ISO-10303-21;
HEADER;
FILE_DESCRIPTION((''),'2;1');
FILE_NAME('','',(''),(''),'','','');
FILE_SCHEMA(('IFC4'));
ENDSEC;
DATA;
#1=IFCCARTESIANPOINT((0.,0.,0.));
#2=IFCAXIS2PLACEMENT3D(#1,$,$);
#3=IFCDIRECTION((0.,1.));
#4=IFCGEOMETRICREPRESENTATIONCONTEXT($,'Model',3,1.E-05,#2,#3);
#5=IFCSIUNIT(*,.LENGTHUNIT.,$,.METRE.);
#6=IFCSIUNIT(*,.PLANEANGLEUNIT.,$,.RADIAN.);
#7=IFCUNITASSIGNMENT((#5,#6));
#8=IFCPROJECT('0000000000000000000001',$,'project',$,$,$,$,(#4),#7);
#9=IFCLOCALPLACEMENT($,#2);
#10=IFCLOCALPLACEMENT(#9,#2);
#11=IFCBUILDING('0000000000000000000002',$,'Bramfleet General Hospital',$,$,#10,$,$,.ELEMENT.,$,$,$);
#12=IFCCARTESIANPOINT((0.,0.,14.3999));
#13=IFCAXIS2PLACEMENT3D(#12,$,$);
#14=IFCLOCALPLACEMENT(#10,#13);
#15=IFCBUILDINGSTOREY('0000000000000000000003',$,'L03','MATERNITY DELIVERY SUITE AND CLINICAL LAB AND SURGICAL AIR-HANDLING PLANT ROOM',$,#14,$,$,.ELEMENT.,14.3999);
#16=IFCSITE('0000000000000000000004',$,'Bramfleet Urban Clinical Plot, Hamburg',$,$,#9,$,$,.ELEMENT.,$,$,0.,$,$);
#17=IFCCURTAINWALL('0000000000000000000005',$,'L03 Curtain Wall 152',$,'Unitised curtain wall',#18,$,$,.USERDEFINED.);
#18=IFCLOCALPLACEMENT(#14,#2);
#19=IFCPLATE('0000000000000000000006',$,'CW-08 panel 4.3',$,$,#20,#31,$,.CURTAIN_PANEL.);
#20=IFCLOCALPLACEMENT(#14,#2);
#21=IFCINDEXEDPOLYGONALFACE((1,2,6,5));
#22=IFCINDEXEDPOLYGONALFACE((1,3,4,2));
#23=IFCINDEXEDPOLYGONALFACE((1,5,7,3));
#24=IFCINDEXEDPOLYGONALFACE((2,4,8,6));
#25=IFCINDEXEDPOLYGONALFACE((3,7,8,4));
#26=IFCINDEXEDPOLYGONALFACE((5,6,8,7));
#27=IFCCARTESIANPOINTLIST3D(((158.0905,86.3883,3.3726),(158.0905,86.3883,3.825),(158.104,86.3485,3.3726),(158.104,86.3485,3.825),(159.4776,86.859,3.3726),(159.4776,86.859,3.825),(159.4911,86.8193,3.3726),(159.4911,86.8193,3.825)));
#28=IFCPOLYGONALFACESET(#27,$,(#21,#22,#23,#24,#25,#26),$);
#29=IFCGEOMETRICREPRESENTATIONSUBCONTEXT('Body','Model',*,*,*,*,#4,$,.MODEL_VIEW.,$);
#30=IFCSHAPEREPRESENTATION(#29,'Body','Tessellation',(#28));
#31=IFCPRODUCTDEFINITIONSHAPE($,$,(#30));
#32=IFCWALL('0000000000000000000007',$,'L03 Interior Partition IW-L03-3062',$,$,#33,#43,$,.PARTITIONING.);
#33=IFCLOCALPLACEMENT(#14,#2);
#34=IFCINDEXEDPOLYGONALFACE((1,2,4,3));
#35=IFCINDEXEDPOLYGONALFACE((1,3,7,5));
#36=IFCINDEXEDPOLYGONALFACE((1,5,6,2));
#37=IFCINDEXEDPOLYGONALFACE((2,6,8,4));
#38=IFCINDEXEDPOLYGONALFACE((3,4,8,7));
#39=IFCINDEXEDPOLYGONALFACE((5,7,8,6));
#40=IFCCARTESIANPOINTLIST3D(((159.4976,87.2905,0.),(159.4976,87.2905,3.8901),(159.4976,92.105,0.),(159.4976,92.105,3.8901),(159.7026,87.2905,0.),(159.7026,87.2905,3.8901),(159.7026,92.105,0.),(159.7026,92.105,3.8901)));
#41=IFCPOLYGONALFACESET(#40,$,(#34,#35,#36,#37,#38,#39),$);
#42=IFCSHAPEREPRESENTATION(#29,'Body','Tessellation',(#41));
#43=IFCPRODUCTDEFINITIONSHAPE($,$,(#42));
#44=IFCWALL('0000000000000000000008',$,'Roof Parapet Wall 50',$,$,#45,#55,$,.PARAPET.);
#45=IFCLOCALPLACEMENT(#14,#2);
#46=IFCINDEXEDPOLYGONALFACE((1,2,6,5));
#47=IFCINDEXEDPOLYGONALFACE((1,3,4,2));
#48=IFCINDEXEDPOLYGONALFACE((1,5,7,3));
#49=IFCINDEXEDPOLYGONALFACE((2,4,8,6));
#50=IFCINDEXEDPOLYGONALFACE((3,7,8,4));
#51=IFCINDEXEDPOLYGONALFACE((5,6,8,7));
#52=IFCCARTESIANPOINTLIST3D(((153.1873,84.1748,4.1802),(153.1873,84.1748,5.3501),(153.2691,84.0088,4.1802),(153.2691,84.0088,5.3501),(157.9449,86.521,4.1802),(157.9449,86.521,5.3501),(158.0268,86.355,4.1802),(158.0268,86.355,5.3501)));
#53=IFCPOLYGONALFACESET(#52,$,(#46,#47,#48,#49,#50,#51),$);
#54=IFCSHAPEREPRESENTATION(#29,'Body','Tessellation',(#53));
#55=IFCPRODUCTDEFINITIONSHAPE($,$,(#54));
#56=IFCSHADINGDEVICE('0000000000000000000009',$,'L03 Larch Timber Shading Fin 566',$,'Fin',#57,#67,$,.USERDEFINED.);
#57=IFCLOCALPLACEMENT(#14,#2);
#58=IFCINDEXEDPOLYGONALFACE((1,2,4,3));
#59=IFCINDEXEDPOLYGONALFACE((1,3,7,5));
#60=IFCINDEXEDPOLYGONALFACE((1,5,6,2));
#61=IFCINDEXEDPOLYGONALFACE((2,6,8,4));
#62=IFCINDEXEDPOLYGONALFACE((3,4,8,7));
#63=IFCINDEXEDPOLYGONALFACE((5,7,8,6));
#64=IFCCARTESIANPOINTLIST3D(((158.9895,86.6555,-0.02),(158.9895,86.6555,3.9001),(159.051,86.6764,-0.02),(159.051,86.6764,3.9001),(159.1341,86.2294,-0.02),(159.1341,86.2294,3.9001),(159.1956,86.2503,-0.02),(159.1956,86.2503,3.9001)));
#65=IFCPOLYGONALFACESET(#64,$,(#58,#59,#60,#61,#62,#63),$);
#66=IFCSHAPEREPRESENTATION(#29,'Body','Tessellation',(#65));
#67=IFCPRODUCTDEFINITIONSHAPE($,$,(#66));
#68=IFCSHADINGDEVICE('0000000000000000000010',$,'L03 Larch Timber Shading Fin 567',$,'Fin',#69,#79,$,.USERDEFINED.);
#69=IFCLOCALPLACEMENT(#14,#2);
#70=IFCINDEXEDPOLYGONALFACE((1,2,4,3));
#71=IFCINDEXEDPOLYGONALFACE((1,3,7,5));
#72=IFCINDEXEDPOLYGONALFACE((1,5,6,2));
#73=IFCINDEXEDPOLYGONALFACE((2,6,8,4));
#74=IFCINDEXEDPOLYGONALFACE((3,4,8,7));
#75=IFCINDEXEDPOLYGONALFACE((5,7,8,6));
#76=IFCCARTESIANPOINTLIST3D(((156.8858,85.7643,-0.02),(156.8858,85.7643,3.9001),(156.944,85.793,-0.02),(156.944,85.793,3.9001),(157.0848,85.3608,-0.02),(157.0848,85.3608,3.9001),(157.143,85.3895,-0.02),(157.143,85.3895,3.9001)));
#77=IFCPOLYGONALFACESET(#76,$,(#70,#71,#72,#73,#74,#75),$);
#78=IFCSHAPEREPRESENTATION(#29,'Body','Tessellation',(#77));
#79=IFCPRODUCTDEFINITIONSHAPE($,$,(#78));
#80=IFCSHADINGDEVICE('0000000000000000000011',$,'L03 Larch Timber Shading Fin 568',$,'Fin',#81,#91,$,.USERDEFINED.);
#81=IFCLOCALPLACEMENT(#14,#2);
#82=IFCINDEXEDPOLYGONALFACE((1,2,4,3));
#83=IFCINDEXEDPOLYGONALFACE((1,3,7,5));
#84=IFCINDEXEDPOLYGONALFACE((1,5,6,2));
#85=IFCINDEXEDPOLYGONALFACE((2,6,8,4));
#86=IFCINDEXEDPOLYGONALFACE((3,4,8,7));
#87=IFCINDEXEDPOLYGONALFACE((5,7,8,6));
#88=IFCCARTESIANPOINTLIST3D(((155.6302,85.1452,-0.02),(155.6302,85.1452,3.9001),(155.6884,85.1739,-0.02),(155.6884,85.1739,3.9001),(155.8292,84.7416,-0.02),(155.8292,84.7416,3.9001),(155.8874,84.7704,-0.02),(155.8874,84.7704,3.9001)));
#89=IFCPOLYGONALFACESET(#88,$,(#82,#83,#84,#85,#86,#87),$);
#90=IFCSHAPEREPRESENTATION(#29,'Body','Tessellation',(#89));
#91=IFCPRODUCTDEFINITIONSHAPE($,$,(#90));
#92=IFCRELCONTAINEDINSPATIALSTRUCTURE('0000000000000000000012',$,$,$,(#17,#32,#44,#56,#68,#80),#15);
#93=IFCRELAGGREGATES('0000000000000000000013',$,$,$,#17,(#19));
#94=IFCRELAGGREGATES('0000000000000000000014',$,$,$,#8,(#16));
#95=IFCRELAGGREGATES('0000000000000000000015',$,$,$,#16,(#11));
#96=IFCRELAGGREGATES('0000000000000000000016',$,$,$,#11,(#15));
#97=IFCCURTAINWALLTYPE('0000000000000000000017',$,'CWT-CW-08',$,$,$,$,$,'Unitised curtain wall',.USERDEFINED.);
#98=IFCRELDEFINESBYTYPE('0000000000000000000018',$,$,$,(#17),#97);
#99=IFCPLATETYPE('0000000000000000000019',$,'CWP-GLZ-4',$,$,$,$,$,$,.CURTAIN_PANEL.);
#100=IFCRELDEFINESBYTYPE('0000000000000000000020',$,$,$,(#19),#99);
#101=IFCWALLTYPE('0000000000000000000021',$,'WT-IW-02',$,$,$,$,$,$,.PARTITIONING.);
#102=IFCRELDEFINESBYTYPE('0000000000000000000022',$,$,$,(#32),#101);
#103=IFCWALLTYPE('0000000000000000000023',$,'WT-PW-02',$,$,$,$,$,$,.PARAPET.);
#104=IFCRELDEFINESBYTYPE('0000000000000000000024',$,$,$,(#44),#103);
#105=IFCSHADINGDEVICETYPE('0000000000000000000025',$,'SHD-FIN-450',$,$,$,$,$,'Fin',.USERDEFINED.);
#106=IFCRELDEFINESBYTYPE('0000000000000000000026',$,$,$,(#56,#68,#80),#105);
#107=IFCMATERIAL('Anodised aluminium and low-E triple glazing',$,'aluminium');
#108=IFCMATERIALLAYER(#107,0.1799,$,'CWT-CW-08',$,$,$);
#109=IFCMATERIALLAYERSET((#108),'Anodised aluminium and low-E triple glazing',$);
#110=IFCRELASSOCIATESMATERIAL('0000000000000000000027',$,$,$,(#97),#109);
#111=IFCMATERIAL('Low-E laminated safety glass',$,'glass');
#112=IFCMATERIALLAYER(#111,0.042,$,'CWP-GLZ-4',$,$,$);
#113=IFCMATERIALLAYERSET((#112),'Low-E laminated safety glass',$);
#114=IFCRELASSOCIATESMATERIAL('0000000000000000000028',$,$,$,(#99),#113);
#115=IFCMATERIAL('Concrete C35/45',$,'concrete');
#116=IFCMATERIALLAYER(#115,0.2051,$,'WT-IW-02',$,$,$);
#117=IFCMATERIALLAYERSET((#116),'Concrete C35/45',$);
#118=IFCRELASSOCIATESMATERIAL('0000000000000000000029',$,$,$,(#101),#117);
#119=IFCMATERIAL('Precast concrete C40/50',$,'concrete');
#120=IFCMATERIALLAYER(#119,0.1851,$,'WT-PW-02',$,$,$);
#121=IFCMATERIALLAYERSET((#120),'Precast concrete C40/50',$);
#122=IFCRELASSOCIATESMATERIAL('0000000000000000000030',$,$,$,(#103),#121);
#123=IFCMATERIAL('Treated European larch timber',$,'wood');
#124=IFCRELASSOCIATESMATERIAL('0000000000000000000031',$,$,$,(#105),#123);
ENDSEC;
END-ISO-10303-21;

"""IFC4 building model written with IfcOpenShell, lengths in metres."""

from ifc_helpers import new_model, si_unit, direction, frame, frame_2d, origin, origin_2d, place, context, subcontext, project, spatial, rectangle, extrude, material, layer, layer_set, material_profile, profile_set, type_object, element, aggregate, save


model = new_model("IFC4")

# Units and contexts
model_context = context("Model", 3, precision=1e-05, world=origin(), true_north=direction((0.0, 1.0)))
body_context = subcontext(model_context, "Body", "Model", "MODEL_VIEW")
ifc_project = project(units=[si_unit("LENGTHUNIT", "METRE"), si_unit("PLANEANGLEUNIT", "RADIAN")], contexts=[model_context])

# Site, building, storey
site_placement = place(None, origin())
site = spatial("IfcSite", under=ifc_project, at=site_placement, Name="Bramfleet Urban Clinical Plot, Hamburg", CompositionType="ELEMENT", RefElevation=0.0)
building_placement = place(site_placement, origin())
building = spatial("IfcBuilding", under=site, at=building_placement, Name="Bramfleet General Hospital", CompositionType="ELEMENT")
storey_placement = place(building_placement, frame((0.0, 0.0, 14.3999)))
storey = spatial("IfcBuildingStorey", under=building, at=storey_placement, Name="L03", Description="MATERNITY DELIVERY SUITE AND CLINICAL LAB AND SURGICAL AIR-HANDLING PLANT ROOM", CompositionType="ELEMENT", Elevation=14.3999)

# Curtain wall
ifc_material_1 = material(Name="Anodised aluminium and low-E triple glazing", Category="aluminium")
ifc_layer_1 = layer(ifc_material_1, 0.1799, Name="CWT-CW-08")
ifc_layer_set_1 = layer_set([ifc_layer_1], Name="Anodised aluminium and low-E triple glazing")
curtain_wall_type_1 = type_object("IfcCurtainWallType", Name="CWT-CW-08", ElementType="Unitised curtain wall", PredefinedType="USERDEFINED", material=ifc_layer_set_1)
curtain_wall_1_placement = place(storey_placement, origin())
curtain_wall_1 = element("IfcCurtainWall", 1, at=curtain_wall_1_placement, inside=storey, type_object=curtain_wall_type_1, Name="L03 Curtain Wall 152", ObjectType="Unitised curtain wall", PredefinedType="USERDEFINED")

# Plate
ifc_material_2 = material(Name="Low-E laminated safety glass", Category="glass")
ifc_layer_2 = layer(ifc_material_2, 0.042, Name="CWP-GLZ-4")
ifc_layer_set_2 = layer_set([ifc_layer_2], Name="Low-E laminated safety glass")
plate_type_1 = type_object("IfcPlateType", Name="CWP-GLZ-4", PredefinedType="CURTAIN_PANEL", material=ifc_layer_set_2)
plate_1_placement = place(storey_placement, frame((158.7908, 86.6038, 3.3726), z_axis=(0.0, 0.0, 1.0), x_axis=(-0.946949, -0.321383, 0.0)))
plate_1 = element("IfcPlate", 2, at=plate_1_placement, type_object=plate_type_1, Name="CW-08 panel 4.3", PredefinedType="CURTAIN_PANEL", context=body_context, shape_type="SweptSolid", body=[
    extrude(rectangle(XDim=1.4648, YDim=0.042, at=origin_2d()), origin(), (0.0, 0.0, 1.0), 0.4524),
])
aggregate(curtain_wall_1, [plate_1])

# Walls
ifc_material_3 = material(Name="Concrete C35/45", Category="concrete")
ifc_layer_3 = layer(ifc_material_3, 0.2051, Name="WT-IW-02")
ifc_layer_set_3 = layer_set([ifc_layer_3], Name="Concrete C35/45")
wall_type_1 = type_object("IfcWallType", Name="WT-IW-02", PredefinedType="PARTITIONING", material=ifc_layer_set_3)
wall_1_placement = place(storey_placement, frame((159.6001, 87.2905, 0.0), z_axis=(0.0, 0.0, 1.0), x_axis=(0.0, 1.0, 0.0)))
element("IfcWall", 3, at=wall_1_placement, inside=storey, type_object=wall_type_1, Name="L03 Interior Partition IW-L03-3062", PredefinedType="PARTITIONING", context=body_context, shape_type="SweptSolid", body=[
    extrude(rectangle(XDim=4.8145, YDim=0.2051, at=frame_2d((2.4072, 0.0))), origin(), (0.0, 0.0, 1.0), 3.8901),
])
ifc_material_4 = material(Name="Precast concrete C40/50", Category="concrete")
ifc_layer_4 = layer(ifc_material_4, 0.1851, Name="WT-PW-02")
ifc_layer_set_4 = layer_set([ifc_layer_4], Name="Precast concrete C40/50")
wall_type_2 = type_object("IfcWallType", Name="WT-PW-02", PredefinedType="PARAPET", material=ifc_layer_set_4)
wall_2_placement = place(storey_placement, frame((157.9858, 86.438, 4.1802), z_axis=(0.0, 0.0, 1.0), x_axis=(-0.896871, -0.442291, 0.0)))
element("IfcWall", 4, at=wall_2_placement, inside=storey, type_object=wall_type_2, Name="Roof Parapet Wall 50", PredefinedType="PARAPET", context=body_context, shape_type="SweptSolid", body=[
    extrude(rectangle(XDim=5.3047, YDim=0.1851, at=frame_2d((2.6523, 0.0))), origin(), (0.0, 0.0, 1.0), 1.1699),
])

# Shading devices
ifc_material_5 = material(Name="Treated European larch timber", Category="wood")
ifc_material_profile_1 = material_profile(ifc_material_5, rectangle(XDim=0.0649, YDim=0.45, at=origin_2d()), Name="LARCH FIN 450x65")
ifc_profile_set_1 = profile_set([ifc_material_profile_1], Name="Treated European larch timber")
shading_device_type = type_object("IfcShadingDeviceType", Name="SHD-FIN-450", ElementType="Fin", PredefinedType="USERDEFINED", material=ifc_profile_set_1)
for number, where, z_axis, x_axis, name in (
    (5, (159.0925, 86.4529, -0.02), (0.0, 0.0, 1.0), (-0.946949, -0.321383, 0.0), "L03 Larch Timber Shading Fin 566"),
    (6, (157.0144, 85.5769, -0.02), (0.0, 0.0, 1.0), (-0.896865, -0.442305, 0.0), "L03 Larch Timber Shading Fin 567"),
    (7, (155.7588, 84.9578, -0.02), (0.0, 0.0, 1.0), (-0.896865, -0.442305, 0.0), "L03 Larch Timber Shading Fin 568"),
):
    element("IfcShadingDevice", number, at=place(storey_placement, frame(where, z_axis=z_axis, x_axis=x_axis)), inside=storey, type_object=shading_device_type, Name=name, ObjectType="Fin", PredefinedType="USERDEFINED", context=body_context, shape_type="SweptSolid", body=[
        extrude(rectangle(XDim=0.0649, YDim=0.45, at=origin_2d()), origin(), (0.0, 0.0, 1.0), 3.9202),
    ])

save(model, "model.ifc")
